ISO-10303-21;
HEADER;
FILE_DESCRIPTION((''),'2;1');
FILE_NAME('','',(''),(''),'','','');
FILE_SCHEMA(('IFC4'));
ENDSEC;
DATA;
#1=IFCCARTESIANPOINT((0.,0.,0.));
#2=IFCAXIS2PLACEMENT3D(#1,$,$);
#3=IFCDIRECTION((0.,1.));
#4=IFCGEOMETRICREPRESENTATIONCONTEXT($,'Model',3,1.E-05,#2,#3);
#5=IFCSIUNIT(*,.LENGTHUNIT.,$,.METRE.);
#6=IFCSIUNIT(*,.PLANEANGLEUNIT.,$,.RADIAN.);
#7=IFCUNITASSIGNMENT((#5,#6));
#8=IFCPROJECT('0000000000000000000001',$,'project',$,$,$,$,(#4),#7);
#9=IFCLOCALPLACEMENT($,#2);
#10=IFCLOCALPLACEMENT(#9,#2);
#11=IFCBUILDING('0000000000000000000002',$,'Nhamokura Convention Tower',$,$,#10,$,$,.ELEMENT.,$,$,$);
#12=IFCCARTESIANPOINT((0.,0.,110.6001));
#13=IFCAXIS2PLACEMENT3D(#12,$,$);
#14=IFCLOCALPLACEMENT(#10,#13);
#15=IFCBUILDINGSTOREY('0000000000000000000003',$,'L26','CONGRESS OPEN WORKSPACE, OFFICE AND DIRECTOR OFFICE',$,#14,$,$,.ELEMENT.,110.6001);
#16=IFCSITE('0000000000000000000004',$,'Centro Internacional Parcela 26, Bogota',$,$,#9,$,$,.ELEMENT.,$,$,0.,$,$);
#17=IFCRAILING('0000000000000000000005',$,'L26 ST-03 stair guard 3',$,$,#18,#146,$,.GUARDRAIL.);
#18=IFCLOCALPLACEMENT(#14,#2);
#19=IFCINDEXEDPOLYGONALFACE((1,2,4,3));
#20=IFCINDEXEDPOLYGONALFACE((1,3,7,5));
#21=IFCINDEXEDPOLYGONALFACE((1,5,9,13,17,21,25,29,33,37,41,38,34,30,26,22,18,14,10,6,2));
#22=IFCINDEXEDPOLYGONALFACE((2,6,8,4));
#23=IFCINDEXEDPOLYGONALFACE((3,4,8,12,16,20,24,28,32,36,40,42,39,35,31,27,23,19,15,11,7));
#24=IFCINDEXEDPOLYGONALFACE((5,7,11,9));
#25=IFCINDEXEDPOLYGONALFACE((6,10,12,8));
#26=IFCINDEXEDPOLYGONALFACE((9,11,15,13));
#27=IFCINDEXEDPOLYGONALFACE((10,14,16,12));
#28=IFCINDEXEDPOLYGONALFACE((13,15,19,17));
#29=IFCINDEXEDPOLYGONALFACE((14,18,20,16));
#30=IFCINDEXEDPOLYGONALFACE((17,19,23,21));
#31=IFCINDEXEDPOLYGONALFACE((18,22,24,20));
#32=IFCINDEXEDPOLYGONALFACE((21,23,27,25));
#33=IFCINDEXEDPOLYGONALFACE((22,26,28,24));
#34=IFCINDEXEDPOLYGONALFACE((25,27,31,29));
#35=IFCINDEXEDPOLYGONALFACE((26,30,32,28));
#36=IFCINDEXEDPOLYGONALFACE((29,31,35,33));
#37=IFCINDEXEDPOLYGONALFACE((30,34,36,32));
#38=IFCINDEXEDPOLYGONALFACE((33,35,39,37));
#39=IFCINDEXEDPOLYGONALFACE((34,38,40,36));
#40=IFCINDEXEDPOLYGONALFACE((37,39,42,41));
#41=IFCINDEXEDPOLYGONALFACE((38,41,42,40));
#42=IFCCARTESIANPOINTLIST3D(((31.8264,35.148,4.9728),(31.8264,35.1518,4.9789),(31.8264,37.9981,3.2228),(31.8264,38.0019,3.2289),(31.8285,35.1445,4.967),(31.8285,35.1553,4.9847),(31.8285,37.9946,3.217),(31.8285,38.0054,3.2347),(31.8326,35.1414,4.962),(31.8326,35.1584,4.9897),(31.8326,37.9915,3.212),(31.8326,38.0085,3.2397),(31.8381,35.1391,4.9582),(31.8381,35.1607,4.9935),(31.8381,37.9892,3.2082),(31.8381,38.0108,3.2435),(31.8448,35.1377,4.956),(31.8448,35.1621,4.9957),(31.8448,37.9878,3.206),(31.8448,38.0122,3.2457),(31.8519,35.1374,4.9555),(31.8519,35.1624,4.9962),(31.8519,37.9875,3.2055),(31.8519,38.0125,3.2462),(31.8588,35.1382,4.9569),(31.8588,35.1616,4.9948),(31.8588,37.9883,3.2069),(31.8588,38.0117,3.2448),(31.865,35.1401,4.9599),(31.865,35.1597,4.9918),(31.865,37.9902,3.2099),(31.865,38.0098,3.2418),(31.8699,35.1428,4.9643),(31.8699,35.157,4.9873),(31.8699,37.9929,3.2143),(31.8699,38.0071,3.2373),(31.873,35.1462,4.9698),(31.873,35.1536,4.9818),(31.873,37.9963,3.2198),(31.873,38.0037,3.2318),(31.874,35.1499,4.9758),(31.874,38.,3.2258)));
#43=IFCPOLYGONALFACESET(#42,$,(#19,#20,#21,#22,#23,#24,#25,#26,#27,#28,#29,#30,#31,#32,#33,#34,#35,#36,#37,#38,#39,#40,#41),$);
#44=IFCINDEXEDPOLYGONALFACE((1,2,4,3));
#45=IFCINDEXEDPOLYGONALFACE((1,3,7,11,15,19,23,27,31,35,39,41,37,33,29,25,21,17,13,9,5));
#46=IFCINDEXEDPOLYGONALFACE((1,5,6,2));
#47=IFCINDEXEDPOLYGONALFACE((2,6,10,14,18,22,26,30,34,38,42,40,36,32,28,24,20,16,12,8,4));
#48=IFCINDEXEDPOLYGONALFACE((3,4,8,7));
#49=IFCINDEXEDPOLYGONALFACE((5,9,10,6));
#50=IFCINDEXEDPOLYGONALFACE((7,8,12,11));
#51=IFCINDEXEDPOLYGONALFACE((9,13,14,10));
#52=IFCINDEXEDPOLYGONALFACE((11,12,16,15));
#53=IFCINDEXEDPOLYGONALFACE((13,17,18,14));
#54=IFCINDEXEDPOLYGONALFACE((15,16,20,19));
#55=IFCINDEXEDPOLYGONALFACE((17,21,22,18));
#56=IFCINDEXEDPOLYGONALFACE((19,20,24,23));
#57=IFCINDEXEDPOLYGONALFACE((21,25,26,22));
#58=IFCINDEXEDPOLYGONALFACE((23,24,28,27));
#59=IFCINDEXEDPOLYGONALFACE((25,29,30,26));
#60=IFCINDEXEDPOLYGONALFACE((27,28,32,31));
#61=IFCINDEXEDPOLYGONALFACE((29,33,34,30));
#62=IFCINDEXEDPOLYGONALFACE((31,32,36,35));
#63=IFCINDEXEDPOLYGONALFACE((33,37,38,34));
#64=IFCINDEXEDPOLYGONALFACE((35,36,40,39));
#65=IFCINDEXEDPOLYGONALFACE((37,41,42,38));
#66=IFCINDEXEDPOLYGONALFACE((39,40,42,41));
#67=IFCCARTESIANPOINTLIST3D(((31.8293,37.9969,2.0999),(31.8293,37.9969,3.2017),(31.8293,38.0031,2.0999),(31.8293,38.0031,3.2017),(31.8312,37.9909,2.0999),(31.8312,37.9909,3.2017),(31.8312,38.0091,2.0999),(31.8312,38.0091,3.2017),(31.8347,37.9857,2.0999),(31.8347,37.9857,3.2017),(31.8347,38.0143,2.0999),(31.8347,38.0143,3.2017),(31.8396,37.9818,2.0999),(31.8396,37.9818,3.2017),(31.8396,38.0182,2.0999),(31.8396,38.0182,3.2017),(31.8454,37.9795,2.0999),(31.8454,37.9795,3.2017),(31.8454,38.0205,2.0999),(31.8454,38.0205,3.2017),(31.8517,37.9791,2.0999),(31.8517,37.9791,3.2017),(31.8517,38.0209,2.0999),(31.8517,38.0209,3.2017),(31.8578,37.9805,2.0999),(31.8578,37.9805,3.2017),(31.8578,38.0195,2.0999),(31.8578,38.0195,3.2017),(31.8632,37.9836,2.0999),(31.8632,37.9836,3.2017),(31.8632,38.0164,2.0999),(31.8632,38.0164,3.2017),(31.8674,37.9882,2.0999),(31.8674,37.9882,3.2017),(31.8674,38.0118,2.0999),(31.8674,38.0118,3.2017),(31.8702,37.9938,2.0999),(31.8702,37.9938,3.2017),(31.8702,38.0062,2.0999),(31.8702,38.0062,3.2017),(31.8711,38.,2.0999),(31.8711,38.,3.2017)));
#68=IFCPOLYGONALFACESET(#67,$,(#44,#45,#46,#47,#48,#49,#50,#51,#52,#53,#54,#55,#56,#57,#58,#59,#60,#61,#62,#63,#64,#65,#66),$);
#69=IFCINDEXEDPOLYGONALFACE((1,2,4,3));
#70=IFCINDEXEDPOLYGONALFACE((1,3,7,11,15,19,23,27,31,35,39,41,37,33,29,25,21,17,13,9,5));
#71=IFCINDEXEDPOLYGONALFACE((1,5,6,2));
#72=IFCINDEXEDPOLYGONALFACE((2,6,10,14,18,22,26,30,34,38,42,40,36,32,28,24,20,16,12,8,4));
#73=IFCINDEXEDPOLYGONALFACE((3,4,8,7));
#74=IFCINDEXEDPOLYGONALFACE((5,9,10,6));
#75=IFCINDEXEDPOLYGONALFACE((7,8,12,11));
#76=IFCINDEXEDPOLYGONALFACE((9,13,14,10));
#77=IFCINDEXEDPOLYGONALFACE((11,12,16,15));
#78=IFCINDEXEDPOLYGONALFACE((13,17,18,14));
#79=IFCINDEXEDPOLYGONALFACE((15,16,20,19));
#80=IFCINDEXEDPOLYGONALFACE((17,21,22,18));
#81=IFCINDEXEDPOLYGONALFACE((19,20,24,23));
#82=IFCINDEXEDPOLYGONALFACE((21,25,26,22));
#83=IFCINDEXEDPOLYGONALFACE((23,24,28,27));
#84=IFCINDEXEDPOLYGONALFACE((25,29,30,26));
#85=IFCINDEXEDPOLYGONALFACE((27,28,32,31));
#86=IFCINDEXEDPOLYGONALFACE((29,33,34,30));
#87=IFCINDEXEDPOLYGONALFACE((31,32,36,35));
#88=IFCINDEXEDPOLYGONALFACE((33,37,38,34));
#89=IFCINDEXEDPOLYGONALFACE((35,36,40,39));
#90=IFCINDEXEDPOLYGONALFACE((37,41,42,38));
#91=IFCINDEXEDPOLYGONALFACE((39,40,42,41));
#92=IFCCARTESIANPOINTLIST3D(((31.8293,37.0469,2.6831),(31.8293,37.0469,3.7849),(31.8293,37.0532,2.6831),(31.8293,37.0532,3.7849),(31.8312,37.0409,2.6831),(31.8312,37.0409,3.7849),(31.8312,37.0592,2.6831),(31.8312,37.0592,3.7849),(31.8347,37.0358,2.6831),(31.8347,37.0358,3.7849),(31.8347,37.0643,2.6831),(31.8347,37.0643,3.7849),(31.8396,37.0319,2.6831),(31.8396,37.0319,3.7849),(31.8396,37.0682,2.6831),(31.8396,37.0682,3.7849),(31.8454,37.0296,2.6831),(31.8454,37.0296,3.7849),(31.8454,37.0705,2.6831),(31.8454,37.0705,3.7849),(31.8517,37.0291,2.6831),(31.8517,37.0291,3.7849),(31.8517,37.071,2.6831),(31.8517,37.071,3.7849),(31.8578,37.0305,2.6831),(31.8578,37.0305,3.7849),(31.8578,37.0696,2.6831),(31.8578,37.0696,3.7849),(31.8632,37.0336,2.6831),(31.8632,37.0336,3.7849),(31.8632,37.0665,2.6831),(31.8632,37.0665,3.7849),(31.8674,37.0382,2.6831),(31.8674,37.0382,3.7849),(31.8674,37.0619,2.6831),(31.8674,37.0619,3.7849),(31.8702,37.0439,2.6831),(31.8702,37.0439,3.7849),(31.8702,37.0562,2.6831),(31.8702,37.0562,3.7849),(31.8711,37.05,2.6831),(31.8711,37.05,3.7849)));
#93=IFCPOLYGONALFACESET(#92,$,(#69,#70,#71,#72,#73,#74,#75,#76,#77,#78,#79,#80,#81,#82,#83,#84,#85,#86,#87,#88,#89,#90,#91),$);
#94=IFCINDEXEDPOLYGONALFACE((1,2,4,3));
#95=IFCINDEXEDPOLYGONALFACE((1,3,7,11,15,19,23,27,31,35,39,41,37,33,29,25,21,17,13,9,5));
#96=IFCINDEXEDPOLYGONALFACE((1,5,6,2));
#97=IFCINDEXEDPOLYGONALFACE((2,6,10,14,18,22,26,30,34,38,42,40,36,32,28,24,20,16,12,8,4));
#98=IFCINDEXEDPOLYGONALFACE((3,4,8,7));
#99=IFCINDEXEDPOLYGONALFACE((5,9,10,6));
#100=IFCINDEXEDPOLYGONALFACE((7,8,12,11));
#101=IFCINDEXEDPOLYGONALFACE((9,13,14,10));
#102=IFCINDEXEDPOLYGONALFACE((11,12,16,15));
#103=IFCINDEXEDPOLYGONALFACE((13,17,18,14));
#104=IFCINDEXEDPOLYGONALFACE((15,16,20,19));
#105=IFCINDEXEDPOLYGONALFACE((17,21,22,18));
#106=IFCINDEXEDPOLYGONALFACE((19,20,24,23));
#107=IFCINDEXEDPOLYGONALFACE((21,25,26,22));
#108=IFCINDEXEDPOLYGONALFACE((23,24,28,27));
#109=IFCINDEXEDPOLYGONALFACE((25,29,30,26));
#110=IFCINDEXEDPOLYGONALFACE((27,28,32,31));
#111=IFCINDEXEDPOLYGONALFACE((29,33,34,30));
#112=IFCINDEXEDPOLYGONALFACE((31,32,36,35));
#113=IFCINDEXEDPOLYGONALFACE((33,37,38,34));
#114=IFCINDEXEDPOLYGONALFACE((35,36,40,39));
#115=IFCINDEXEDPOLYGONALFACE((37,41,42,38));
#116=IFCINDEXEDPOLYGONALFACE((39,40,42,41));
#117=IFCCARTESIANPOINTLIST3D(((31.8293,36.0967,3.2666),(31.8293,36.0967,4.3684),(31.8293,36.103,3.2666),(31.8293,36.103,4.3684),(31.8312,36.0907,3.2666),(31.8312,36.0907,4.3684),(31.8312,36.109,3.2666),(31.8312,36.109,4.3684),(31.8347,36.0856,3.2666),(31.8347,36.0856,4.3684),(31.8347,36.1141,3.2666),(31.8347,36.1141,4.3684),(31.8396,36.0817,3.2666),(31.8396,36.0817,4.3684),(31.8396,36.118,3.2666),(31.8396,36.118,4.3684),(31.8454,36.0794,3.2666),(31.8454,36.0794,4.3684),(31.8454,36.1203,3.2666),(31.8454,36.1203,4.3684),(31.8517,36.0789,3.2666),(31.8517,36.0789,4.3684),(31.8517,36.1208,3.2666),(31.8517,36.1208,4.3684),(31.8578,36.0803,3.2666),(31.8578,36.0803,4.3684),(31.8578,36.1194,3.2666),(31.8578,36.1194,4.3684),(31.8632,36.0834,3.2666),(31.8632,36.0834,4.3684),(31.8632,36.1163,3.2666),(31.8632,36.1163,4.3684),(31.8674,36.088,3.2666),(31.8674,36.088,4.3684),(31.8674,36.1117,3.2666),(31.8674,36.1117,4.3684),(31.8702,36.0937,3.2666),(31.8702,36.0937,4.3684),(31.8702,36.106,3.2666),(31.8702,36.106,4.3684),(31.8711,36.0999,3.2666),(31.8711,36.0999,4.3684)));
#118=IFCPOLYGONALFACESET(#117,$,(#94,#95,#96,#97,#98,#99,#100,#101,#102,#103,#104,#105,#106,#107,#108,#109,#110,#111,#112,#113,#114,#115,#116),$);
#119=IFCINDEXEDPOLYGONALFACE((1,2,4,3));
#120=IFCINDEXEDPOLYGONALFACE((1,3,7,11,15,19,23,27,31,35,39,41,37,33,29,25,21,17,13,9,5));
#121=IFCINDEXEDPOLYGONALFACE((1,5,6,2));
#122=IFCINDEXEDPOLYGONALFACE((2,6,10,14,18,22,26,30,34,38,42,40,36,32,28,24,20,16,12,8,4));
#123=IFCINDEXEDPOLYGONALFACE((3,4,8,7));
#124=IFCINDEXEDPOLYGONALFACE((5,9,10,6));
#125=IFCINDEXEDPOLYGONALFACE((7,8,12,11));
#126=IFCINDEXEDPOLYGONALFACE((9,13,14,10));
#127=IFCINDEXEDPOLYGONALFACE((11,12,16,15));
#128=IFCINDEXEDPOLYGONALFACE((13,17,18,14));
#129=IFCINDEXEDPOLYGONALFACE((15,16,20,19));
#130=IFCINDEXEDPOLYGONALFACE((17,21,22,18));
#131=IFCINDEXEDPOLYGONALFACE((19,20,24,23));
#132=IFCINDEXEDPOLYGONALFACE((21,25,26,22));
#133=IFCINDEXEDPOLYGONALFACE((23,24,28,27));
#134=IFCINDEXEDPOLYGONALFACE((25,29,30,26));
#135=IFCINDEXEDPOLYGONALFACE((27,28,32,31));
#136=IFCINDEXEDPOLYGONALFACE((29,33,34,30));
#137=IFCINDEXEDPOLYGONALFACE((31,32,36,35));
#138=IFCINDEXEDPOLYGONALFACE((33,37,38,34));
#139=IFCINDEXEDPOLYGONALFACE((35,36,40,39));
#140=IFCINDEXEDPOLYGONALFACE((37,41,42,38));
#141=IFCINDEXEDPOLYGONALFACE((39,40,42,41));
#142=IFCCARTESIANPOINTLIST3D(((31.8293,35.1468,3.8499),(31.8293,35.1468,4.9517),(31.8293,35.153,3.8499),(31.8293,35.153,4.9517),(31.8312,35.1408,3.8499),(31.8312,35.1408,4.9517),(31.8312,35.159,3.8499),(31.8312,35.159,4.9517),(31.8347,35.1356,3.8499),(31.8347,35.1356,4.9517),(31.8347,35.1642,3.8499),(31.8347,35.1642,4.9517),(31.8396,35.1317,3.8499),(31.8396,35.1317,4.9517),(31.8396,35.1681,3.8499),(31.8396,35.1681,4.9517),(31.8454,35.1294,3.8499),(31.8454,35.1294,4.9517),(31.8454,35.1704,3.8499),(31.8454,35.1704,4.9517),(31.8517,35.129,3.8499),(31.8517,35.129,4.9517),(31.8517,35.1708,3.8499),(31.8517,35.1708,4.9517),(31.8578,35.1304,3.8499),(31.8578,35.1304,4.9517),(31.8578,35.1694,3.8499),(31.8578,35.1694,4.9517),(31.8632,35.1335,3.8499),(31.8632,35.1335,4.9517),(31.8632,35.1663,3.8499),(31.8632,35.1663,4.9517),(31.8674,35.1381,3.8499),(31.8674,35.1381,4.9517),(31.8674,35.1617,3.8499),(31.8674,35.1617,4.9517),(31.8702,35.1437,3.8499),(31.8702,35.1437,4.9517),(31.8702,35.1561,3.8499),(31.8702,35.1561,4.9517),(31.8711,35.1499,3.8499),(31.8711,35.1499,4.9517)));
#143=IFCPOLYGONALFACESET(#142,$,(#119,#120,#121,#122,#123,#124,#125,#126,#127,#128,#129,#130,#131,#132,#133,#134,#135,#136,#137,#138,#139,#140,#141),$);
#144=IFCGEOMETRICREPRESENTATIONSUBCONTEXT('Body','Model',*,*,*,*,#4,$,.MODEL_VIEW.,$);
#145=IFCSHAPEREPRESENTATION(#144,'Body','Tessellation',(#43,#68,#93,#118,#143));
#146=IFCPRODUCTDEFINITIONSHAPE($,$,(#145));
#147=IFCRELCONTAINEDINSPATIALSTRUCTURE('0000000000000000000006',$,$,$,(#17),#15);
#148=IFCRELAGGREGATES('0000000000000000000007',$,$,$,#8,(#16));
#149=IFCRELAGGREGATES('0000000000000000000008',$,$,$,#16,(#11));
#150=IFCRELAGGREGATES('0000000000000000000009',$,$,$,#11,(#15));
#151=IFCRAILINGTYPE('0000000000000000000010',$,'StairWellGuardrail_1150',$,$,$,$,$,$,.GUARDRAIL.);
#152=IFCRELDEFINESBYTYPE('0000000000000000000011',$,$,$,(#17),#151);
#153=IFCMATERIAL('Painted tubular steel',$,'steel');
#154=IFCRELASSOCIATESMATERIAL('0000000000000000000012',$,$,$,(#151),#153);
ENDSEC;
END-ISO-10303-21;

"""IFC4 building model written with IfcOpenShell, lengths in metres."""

from ifc_helpers import new_model, si_unit, direction, frame, origin, origin_2d, place, context, subcontext, project, spatial, circle, extrude, material, type_object, element, save


model = new_model("IFC4")

# Units and contexts
model_context = context("Model", 3, precision=1e-05, world=origin(), true_north=direction((0.0, 1.0)))
body_context = subcontext(model_context, "Body", "Model", "MODEL_VIEW")
ifc_project = project(units=[si_unit("LENGTHUNIT", "METRE"), si_unit("PLANEANGLEUNIT", "RADIAN")], contexts=[model_context])

# Site, building, storey
site_placement = place(None, origin())
site = spatial("IfcSite", under=ifc_project, at=site_placement, Name="Centro Internacional Parcela 26, Bogota", CompositionType="ELEMENT", RefElevation=0.0)
building_placement = place(site_placement, origin())
building = spatial("IfcBuilding", under=site, at=building_placement, Name="Nhamokura Convention Tower", CompositionType="ELEMENT")
storey_placement = place(building_placement, frame((0.0, 0.0, 110.6001)))
storey = spatial("IfcBuildingStorey", under=building, at=storey_placement, Name="L26", Description="CONGRESS OPEN WORKSPACE, OFFICE AND DIRECTOR OFFICE", CompositionType="ELEMENT", Elevation=110.6001)

# Railing
ifc_material_1 = material(Name="Painted tubular steel", Category="steel")
railing_type_1 = type_object("IfcRailingType", Name="StairWellGuardrail_1150", PredefinedType="GUARDRAIL", material=ifc_material_1)
railing_1_placement = place(storey_placement, frame((31.8501, 38.0, 2.0999)))
element("IfcRailing", 1, at=railing_1_placement, inside=storey, type_object=railing_type_1, Name="L26 ST-03 stair guard 3", PredefinedType="GUARDRAIL", context=body_context, shape_type="SweptSolid", body=[
    extrude(circle(Radius=0.0239, at=origin_2d()), frame((0.0, 0.0, 1.126), z_axis=(0.0, -0.852179, 0.52325), x_axis=(1.0, 0.0, 0.0)), (0.0, 0.0, 1.0), 3.3445),
    extrude(circle(Radius=0.021, at=origin_2d()), origin(), (0.0, 0.0, 1.0), 1.1018),
    extrude(circle(Radius=0.021, at=origin_2d()), frame((0.0, -0.95, 0.5833)), (0.0, 0.0, 1.0), 1.1018),
    extrude(circle(Radius=0.021, at=origin_2d()), frame((0.0, -1.9001, 1.1667)), (0.0, 0.0, 1.0), 1.1018),
    extrude(circle(Radius=0.021, at=origin_2d()), frame((0.0, -2.8501, 1.75)), (0.0, 0.0, 1.0), 1.1018),
])

save(model, "model.ifc")
